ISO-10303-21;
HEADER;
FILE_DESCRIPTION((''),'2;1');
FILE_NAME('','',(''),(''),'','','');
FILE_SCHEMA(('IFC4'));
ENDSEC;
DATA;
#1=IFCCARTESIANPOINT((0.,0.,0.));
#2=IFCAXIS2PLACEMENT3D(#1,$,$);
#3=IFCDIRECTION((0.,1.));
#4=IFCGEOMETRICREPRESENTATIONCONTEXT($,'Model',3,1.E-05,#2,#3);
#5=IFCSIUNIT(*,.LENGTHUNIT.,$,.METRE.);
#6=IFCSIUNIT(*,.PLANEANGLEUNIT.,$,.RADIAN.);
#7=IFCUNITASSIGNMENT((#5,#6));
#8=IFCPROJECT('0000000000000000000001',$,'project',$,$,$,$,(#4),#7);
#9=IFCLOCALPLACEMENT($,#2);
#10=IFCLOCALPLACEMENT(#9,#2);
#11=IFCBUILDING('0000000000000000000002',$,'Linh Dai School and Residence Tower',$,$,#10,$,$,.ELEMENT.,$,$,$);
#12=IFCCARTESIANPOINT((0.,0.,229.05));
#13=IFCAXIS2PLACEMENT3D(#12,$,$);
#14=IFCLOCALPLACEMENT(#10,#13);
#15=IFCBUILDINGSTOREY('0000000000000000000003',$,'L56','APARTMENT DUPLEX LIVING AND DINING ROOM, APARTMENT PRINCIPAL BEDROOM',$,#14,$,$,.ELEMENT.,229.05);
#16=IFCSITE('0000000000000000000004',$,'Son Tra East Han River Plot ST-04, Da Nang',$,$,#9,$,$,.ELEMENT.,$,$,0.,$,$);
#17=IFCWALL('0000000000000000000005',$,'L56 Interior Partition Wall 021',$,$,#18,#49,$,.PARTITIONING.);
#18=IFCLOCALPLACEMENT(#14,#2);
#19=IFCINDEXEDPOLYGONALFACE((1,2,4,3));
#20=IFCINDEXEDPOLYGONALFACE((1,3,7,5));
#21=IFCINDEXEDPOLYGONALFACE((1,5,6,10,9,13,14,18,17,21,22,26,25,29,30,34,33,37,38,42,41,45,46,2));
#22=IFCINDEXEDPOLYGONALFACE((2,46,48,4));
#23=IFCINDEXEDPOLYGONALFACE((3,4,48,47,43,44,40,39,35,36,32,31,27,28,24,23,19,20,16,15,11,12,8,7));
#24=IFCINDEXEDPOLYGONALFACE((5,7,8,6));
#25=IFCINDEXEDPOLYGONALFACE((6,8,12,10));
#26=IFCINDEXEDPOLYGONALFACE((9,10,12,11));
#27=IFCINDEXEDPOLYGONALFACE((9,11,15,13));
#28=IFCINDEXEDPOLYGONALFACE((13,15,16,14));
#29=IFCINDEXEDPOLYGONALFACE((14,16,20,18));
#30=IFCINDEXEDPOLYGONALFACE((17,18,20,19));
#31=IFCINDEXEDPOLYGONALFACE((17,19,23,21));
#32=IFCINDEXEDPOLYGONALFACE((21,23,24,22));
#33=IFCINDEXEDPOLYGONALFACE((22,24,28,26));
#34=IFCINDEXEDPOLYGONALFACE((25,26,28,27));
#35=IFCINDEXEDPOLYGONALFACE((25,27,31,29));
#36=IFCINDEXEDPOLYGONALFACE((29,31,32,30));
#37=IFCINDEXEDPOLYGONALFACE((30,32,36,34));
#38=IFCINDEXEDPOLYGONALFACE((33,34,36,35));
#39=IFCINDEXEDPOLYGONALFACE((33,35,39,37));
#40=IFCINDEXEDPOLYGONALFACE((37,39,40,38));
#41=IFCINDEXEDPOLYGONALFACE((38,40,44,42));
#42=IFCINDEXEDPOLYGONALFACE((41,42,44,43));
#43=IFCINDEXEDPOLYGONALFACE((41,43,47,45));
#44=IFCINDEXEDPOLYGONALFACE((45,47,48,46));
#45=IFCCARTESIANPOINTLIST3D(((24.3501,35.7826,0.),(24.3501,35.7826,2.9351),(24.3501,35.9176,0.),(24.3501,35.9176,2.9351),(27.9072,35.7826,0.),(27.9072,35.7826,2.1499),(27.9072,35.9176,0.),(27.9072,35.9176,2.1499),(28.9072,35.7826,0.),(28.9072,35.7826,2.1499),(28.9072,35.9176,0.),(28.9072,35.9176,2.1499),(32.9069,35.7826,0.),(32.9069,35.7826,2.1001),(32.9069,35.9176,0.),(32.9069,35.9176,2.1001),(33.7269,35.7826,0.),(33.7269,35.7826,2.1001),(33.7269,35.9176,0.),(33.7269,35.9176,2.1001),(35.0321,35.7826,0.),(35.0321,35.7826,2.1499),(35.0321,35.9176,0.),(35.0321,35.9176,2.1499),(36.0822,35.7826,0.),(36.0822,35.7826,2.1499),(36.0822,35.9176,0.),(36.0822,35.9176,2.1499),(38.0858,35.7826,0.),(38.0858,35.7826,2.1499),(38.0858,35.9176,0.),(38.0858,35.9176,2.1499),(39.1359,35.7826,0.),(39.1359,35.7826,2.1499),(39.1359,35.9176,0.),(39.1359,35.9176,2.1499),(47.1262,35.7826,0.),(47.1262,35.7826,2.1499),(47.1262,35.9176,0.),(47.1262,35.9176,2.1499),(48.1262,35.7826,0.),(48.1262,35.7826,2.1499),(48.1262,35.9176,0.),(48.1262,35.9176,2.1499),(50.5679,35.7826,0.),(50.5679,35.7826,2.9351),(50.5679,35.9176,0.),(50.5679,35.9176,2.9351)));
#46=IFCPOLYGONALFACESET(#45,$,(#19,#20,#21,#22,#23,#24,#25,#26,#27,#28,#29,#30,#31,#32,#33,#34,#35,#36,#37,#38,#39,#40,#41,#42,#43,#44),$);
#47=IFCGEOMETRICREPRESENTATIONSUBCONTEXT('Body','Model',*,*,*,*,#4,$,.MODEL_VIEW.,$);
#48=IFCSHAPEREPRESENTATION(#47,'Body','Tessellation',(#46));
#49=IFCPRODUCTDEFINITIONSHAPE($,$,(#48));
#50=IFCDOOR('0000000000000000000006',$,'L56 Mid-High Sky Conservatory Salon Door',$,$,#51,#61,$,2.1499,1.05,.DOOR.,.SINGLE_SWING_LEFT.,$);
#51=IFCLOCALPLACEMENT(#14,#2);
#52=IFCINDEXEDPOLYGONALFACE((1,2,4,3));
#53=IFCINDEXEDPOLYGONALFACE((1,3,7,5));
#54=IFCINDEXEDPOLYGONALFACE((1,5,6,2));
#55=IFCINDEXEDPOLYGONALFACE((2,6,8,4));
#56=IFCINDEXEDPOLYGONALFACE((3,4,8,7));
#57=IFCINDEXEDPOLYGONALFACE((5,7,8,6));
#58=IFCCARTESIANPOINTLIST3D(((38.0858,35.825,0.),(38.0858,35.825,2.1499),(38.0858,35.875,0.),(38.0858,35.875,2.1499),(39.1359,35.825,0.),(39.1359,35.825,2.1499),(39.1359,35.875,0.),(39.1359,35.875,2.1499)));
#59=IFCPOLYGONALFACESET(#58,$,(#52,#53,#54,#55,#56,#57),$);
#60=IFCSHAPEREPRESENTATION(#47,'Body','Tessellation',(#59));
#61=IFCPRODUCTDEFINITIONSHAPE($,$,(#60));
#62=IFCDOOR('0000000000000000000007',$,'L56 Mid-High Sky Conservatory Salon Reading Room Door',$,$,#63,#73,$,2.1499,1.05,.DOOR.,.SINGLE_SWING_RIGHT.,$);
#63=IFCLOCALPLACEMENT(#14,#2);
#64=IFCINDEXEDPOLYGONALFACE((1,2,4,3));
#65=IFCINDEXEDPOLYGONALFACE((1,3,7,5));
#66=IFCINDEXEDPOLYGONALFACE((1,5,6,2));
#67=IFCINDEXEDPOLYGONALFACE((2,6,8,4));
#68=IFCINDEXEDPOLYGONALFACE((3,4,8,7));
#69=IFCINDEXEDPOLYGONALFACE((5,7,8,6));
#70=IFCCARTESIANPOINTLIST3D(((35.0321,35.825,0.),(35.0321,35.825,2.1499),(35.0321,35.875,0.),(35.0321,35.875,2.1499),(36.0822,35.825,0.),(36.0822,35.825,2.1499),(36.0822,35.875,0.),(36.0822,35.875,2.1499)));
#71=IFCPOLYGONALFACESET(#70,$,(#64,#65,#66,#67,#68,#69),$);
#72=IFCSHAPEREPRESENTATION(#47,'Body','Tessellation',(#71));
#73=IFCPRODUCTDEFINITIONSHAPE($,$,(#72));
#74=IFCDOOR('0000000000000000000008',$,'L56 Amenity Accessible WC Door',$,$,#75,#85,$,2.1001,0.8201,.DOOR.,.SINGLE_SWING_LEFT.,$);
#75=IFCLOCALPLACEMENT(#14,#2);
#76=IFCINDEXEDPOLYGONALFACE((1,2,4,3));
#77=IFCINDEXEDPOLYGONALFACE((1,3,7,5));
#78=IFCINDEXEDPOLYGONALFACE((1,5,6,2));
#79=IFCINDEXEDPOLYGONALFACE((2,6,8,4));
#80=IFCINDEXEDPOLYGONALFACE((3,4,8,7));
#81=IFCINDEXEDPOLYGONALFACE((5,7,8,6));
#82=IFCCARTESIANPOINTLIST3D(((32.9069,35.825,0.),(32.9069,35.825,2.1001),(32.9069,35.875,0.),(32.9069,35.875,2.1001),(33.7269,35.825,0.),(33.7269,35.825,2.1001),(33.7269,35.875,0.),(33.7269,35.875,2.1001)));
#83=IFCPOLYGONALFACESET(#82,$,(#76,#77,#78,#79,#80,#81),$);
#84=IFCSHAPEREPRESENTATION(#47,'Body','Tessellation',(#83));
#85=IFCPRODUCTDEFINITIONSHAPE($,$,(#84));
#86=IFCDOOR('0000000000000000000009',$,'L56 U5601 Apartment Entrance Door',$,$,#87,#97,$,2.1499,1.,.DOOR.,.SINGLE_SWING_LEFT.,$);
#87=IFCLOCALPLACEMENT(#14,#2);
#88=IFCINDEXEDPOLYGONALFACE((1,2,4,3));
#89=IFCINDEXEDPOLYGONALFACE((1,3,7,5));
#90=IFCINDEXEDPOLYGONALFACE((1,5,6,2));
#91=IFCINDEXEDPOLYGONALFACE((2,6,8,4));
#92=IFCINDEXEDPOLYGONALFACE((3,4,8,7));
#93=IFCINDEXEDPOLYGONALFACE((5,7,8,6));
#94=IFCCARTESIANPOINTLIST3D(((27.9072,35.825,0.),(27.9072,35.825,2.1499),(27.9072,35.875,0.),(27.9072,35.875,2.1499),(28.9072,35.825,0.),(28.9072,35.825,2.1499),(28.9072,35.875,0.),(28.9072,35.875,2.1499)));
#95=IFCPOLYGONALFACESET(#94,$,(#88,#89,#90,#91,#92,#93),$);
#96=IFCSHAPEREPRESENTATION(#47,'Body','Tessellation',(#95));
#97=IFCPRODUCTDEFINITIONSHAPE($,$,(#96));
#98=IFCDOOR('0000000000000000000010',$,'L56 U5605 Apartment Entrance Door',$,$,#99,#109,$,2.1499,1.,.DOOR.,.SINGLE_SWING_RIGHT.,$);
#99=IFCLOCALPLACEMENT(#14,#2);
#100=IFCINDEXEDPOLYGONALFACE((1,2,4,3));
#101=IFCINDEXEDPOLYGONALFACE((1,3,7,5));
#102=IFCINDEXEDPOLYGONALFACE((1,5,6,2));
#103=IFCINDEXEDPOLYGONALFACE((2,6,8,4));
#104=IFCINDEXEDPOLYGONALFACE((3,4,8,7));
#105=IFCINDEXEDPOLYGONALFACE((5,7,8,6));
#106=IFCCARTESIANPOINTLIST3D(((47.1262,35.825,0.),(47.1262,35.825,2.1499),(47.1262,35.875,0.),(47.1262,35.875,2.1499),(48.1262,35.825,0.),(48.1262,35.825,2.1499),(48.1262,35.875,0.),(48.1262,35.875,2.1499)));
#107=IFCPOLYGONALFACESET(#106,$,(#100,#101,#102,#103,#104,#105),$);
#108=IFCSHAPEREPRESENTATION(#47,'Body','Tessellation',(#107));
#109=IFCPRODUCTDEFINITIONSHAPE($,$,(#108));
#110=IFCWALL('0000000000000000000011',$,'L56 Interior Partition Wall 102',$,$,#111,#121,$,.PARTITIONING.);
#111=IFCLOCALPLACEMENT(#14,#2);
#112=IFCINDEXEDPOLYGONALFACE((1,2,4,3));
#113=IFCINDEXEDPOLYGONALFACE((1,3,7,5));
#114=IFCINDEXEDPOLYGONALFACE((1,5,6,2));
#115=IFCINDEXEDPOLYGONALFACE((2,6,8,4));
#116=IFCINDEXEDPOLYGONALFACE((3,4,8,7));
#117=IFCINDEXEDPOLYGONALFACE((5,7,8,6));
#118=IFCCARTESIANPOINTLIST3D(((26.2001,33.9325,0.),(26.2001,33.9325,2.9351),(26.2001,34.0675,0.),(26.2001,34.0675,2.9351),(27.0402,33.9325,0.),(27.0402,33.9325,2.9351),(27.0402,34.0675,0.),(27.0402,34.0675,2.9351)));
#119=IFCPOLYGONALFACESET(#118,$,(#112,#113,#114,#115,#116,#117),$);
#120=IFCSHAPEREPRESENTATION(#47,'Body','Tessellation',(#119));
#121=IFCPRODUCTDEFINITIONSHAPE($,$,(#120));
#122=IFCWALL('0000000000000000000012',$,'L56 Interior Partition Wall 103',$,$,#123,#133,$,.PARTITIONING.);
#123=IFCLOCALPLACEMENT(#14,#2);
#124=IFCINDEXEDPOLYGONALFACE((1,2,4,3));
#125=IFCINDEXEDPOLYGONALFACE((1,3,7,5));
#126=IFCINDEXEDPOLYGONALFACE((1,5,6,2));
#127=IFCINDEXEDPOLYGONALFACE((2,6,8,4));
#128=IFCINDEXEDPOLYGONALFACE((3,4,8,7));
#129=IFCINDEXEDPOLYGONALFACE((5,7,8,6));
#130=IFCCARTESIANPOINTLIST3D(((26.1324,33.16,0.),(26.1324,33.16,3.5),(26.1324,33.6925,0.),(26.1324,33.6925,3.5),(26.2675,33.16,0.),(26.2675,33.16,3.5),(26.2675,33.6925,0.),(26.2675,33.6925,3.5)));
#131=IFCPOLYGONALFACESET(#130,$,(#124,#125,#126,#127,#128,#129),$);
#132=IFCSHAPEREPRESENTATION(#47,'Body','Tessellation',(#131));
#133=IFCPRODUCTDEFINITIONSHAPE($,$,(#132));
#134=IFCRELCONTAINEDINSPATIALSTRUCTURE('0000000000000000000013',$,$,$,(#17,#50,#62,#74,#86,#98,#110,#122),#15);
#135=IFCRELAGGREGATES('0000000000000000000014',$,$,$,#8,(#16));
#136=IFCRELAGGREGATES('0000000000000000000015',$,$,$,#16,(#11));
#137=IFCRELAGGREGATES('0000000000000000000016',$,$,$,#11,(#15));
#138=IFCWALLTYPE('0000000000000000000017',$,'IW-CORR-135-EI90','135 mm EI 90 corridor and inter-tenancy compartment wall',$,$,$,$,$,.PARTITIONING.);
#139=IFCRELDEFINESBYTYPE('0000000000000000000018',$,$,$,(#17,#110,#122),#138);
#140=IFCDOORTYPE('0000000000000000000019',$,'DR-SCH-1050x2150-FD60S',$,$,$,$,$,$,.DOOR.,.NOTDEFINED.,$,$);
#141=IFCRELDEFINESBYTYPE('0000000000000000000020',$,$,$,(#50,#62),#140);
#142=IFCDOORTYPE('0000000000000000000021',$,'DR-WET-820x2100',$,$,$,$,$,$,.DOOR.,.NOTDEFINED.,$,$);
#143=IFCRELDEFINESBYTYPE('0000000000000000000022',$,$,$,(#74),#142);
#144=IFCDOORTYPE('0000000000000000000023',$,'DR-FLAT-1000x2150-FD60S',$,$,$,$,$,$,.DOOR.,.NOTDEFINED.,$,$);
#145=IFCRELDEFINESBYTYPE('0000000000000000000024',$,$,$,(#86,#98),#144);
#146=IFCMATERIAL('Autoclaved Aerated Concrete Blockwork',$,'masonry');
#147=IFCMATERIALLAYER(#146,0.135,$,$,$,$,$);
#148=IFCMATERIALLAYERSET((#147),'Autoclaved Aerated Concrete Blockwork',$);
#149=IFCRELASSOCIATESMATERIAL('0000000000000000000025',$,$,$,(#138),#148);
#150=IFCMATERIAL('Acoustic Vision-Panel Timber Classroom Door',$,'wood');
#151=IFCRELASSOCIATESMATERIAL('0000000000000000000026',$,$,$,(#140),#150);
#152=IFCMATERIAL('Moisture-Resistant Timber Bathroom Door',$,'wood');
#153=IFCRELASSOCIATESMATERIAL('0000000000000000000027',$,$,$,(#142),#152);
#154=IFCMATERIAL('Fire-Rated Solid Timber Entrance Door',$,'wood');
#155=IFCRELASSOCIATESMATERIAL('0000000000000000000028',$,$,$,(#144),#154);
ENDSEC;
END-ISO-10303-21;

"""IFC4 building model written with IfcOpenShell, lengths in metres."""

from ifc_helpers import new_model, si_unit, direction, frame, frame_2d, origin, origin_2d, place, context, subcontext, project, spatial, rectangle, extrude, source, transform, mapped, material, layer, layer_set, type_object, element, fill, save


model = new_model("IFC4")

# Units and contexts
model_context = context("Model", 3, precision=1e-05, world=origin(), true_north=direction((0.0, 1.0)))
body_context = subcontext(model_context, "Body", "Model", "MODEL_VIEW")
ifc_project = project(units=[si_unit("LENGTHUNIT", "METRE"), si_unit("PLANEANGLEUNIT", "RADIAN")], contexts=[model_context])

# Site, building, storey
site_placement = place(None, origin())
site = spatial("IfcSite", under=ifc_project, at=site_placement, Name="Son Tra East Han River Plot ST-04, Da Nang", CompositionType="ELEMENT", RefElevation=0.0)
building_placement = place(site_placement, origin())
building = spatial("IfcBuilding", under=site, at=building_placement, Name="Linh Dai School and Residence Tower", CompositionType="ELEMENT")
storey_placement = place(building_placement, frame((0.0, 0.0, 229.05)))
storey = spatial("IfcBuildingStorey", under=building, at=storey_placement, Name="L56", Description="APARTMENT DUPLEX LIVING AND DINING ROOM, APARTMENT PRINCIPAL BEDROOM", CompositionType="ELEMENT", Elevation=229.05)

# Wall, openings, doors
ifc_material_1 = material(Name="Autoclaved Aerated Concrete Blockwork", Category="masonry")
ifc_layer_1 = layer(ifc_material_1, 0.135)
ifc_layer_set_1 = layer_set([ifc_layer_1], Name="Autoclaved Aerated Concrete Blockwork")
wall_type_1 = type_object("IfcWallType", Name="IW-CORR-135-EI90", Description="135 mm EI 90 corridor and inter-tenancy compartment wall", PredefinedType="PARTITIONING", material=ifc_layer_set_1)
wall_1_placement = place(storey_placement, frame((24.3501, 35.8501, 0.0), z_axis=(0.0, 0.0, 1.0), x_axis=(1.0, 0.0, 0.0)))
wall_1 = element("IfcWall", 1, at=wall_1_placement, inside=storey, type_object=wall_type_1, Name="L56 Interior Partition Wall 021", PredefinedType="PARTITIONING", context=body_context, shape_type="SweptSolid", body=[
    extrude(rectangle(XDim=26.2178, YDim=0.135, at=frame_2d((13.1089, 0.0))), origin(), (0.0, 0.0, 1.0), 2.9351),
])
opening_1_placement = place(wall_1_placement, frame((3.5571, 0.0, 0.0)))
opening_1 = element("IfcOpeningElement", 2, at=opening_1_placement, cuts=wall_1, PredefinedType="OPENING", context=body_context, shape_type="SweptSolid", body=[
    extrude(rectangle(XDim=1.0, YDim=2.1499, at=origin_2d()), frame((0.5, 0.0776, 1.075), z_axis=(0.0, -1.0, 0.0), x_axis=(1.0, 0.0, 0.0)), (0.0, 0.0, 1.0), 0.155),
])
opening_2_placement = place(wall_1_placement, frame((22.7761, 0.0, 0.0)))
opening_2 = element("IfcOpeningElement", 3, at=opening_2_placement, cuts=wall_1, PredefinedType="OPENING", context=body_context, shape_type="SweptSolid", body=[
    extrude(rectangle(XDim=1.0, YDim=2.1499, at=origin_2d()), frame((0.5, 0.0776, 1.075), z_axis=(0.0, -1.0, 0.0), x_axis=(1.0, 0.0, 0.0)), (0.0, 0.0, 1.0), 0.155),
])
opening_3_placement = place(wall_1_placement, frame((13.7358, 0.0, 0.0)))
opening_3 = element("IfcOpeningElement", 4, at=opening_3_placement, cuts=wall_1, PredefinedType="OPENING", context=body_context, shape_type="SweptSolid", body=[
    extrude(rectangle(XDim=1.05, YDim=2.1499, at=origin_2d()), frame((0.5249, 0.0776, 1.075), z_axis=(0.0, -1.0, 0.0), x_axis=(1.0, 0.0, 0.0)), (0.0, 0.0, 1.0), 0.155),
])
opening_4_placement = place(wall_1_placement, frame((10.6821, 0.0, 0.0)))
opening_4 = element("IfcOpeningElement", 5, at=opening_4_placement, cuts=wall_1, PredefinedType="OPENING", context=body_context, shape_type="SweptSolid", body=[
    extrude(rectangle(XDim=1.05, YDim=2.1499, at=origin_2d()), frame((0.5249, 0.0776, 1.075), z_axis=(0.0, -1.0, 0.0), x_axis=(1.0, 0.0, 0.0)), (0.0, 0.0, 1.0), 0.155),
])
opening_5_placement = place(wall_1_placement, frame((8.5566, 0.0, 0.0)))
opening_5 = element("IfcOpeningElement", 6, at=opening_5_placement, cuts=wall_1, PredefinedType="OPENING", context=body_context, shape_type="SweptSolid", body=[
    extrude(rectangle(XDim=0.8201, YDim=2.1001, at=origin_2d()), frame((0.4102, 0.0776, 1.05), z_axis=(0.0, -1.0, 0.0), x_axis=(1.0, 0.0, 0.0)), (0.0, 0.0, 1.0), 0.155),
])
ifc_material_2 = material(Name="Acoustic Vision-Panel Timber Classroom Door", Category="wood")
door_type_1 = type_object("IfcDoorType", Name="DR-SCH-1050x2150-FD60S", OperationType="NOTDEFINED", PredefinedType="DOOR", material=ifc_material_2)
shared_shape_1 = source(origin(), body_context, "Body", "SweptSolid", [
    extrude(rectangle(XDim=1.05, YDim=2.1499, at=origin_2d()), frame((0.5249, 0.0249, 1.075), z_axis=(0.0, -1.0, 0.0), x_axis=(1.0, 0.0, 0.0)), (0.0, 0.0, 1.0), 0.05),
])
door_1_placement = place(opening_3_placement, origin())
door_1 = element("IfcDoor", 7, at=door_1_placement, inside=storey, type_object=door_type_1, Name="L56 Mid-High Sky Conservatory Salon Door", OperationType="SINGLE_SWING_LEFT", OverallHeight=2.1499, OverallWidth=1.05, PredefinedType="DOOR", context=body_context, shape_type="MappedRepresentation", body=[
    mapped(shared_shape_1, transform((0.0, 0.0, 0.0), x_axis=(1.0, 0.0, 0.0), y_axis=(0.0, 1.0, 0.0), z_axis=(0.0, 0.0, 1.0), scale=1.0)),
])
fill(opening_3, door_1)
door_2_placement = place(opening_4_placement, origin())
door_2 = element("IfcDoor", 8, at=door_2_placement, inside=storey, type_object=door_type_1, Name="L56 Mid-High Sky Conservatory Salon Reading Room Door", OperationType="SINGLE_SWING_RIGHT", OverallHeight=2.1499, OverallWidth=1.05, PredefinedType="DOOR", context=body_context, shape_type="MappedRepresentation", body=[
    mapped(shared_shape_1, transform((0.0, 0.0, 0.0), x_axis=(1.0, 0.0, 0.0), y_axis=(0.0, 1.0, 0.0), z_axis=(0.0, 0.0, 1.0), scale=1.0)),
])
fill(opening_4, door_2)
ifc_material_3 = material(Name="Moisture-Resistant Timber Bathroom Door", Category="wood")
door_type_2 = type_object("IfcDoorType", Name="DR-WET-820x2100", OperationType="NOTDEFINED", PredefinedType="DOOR", material=ifc_material_3)
shared_shape_2 = source(origin(), body_context, "Body", "SweptSolid", [
    extrude(rectangle(XDim=0.8201, YDim=2.1001, at=origin_2d()), frame((0.4102, 0.0249, 1.05), z_axis=(0.0, -1.0, 0.0), x_axis=(1.0, 0.0, 0.0)), (0.0, 0.0, 1.0), 0.05),
])
door_3_placement = place(opening_5_placement, origin())
door_3 = element("IfcDoor", 9, at=door_3_placement, inside=storey, type_object=door_type_2, Name="L56 Amenity Accessible WC Door", OperationType="SINGLE_SWING_LEFT", OverallHeight=2.1001, OverallWidth=0.8201, PredefinedType="DOOR", context=body_context, shape_type="MappedRepresentation", body=[
    mapped(shared_shape_2, transform((0.0, 0.0, 0.0), x_axis=(1.0, 0.0, 0.0), y_axis=(0.0, 1.0, 0.0), z_axis=(0.0, 0.0, 1.0), scale=1.0)),
])
fill(opening_5, door_3)
ifc_material_4 = material(Name="Fire-Rated Solid Timber Entrance Door", Category="wood")
door_type_3 = type_object("IfcDoorType", Name="DR-FLAT-1000x2150-FD60S", OperationType="NOTDEFINED", PredefinedType="DOOR", material=ifc_material_4)
shared_shape_3 = source(origin(), body_context, "Body", "SweptSolid", [
    extrude(rectangle(XDim=1.0, YDim=2.1499, at=origin_2d()), frame((0.5, 0.0249, 1.075), z_axis=(0.0, -1.0, 0.0), x_axis=(1.0, 0.0, 0.0)), (0.0, 0.0, 1.0), 0.05),
])
door_4_placement = place(opening_1_placement, origin())
door_4 = element("IfcDoor", 10, at=door_4_placement, inside=storey, type_object=door_type_3, Name="L56 U5601 Apartment Entrance Door", OperationType="SINGLE_SWING_LEFT", OverallHeight=2.1499, OverallWidth=1.0, PredefinedType="DOOR", context=body_context, shape_type="MappedRepresentation", body=[
    mapped(shared_shape_3, transform((0.0, 0.0, 0.0), x_axis=(1.0, 0.0, 0.0), y_axis=(0.0, 1.0, 0.0), z_axis=(0.0, 0.0, 1.0), scale=1.0)),
])
fill(opening_1, door_4)
door_5_placement = place(opening_2_placement, origin())
door_5 = element("IfcDoor", 11, at=door_5_placement, inside=storey, type_object=door_type_3, Name="L56 U5605 Apartment Entrance Door", OperationType="SINGLE_SWING_RIGHT", OverallHeight=2.1499, OverallWidth=1.0, PredefinedType="DOOR", context=body_context, shape_type="MappedRepresentation", body=[
    mapped(shared_shape_3, transform((0.0, 0.0, 0.0), x_axis=(1.0, 0.0, 0.0), y_axis=(0.0, 1.0, 0.0), z_axis=(0.0, 0.0, 1.0), scale=1.0)),
])
fill(opening_2, door_5)

# Walls
wall_2_placement = place(storey_placement, frame((27.04, 34.0, 0.0), z_axis=(0.0, 0.0, 1.0), x_axis=(-1.0, 0.0, 0.0)))
element("IfcWall", 12, at=wall_2_placement, inside=storey, type_object=wall_type_1, Name="L56 Interior Partition Wall 102", PredefinedType="PARTITIONING", context=body_context, shape_type="SweptSolid", body=[
    extrude(rectangle(XDim=0.8401, YDim=0.135, at=frame_2d((0.4199, 0.0))), origin(), (0.0, 0.0, 1.0), 2.9351),
])
wall_3_placement = place(storey_placement, frame((26.2, 33.6924, 0.0), z_axis=(0.0, 0.0, 1.0), x_axis=(0.0, -1.0, 0.0)))
element("IfcWall", 13, at=wall_3_placement, inside=storey, type_object=wall_type_1, Name="L56 Interior Partition Wall 103", PredefinedType="PARTITIONING", context=body_context, shape_type="SweptSolid", body=[
    extrude(rectangle(XDim=0.5325, YDim=0.135, at=frame_2d((0.2661, 0.0))), origin(), (0.0, 0.0, 1.0), 3.5),
])

save(model, "model.ifc")
